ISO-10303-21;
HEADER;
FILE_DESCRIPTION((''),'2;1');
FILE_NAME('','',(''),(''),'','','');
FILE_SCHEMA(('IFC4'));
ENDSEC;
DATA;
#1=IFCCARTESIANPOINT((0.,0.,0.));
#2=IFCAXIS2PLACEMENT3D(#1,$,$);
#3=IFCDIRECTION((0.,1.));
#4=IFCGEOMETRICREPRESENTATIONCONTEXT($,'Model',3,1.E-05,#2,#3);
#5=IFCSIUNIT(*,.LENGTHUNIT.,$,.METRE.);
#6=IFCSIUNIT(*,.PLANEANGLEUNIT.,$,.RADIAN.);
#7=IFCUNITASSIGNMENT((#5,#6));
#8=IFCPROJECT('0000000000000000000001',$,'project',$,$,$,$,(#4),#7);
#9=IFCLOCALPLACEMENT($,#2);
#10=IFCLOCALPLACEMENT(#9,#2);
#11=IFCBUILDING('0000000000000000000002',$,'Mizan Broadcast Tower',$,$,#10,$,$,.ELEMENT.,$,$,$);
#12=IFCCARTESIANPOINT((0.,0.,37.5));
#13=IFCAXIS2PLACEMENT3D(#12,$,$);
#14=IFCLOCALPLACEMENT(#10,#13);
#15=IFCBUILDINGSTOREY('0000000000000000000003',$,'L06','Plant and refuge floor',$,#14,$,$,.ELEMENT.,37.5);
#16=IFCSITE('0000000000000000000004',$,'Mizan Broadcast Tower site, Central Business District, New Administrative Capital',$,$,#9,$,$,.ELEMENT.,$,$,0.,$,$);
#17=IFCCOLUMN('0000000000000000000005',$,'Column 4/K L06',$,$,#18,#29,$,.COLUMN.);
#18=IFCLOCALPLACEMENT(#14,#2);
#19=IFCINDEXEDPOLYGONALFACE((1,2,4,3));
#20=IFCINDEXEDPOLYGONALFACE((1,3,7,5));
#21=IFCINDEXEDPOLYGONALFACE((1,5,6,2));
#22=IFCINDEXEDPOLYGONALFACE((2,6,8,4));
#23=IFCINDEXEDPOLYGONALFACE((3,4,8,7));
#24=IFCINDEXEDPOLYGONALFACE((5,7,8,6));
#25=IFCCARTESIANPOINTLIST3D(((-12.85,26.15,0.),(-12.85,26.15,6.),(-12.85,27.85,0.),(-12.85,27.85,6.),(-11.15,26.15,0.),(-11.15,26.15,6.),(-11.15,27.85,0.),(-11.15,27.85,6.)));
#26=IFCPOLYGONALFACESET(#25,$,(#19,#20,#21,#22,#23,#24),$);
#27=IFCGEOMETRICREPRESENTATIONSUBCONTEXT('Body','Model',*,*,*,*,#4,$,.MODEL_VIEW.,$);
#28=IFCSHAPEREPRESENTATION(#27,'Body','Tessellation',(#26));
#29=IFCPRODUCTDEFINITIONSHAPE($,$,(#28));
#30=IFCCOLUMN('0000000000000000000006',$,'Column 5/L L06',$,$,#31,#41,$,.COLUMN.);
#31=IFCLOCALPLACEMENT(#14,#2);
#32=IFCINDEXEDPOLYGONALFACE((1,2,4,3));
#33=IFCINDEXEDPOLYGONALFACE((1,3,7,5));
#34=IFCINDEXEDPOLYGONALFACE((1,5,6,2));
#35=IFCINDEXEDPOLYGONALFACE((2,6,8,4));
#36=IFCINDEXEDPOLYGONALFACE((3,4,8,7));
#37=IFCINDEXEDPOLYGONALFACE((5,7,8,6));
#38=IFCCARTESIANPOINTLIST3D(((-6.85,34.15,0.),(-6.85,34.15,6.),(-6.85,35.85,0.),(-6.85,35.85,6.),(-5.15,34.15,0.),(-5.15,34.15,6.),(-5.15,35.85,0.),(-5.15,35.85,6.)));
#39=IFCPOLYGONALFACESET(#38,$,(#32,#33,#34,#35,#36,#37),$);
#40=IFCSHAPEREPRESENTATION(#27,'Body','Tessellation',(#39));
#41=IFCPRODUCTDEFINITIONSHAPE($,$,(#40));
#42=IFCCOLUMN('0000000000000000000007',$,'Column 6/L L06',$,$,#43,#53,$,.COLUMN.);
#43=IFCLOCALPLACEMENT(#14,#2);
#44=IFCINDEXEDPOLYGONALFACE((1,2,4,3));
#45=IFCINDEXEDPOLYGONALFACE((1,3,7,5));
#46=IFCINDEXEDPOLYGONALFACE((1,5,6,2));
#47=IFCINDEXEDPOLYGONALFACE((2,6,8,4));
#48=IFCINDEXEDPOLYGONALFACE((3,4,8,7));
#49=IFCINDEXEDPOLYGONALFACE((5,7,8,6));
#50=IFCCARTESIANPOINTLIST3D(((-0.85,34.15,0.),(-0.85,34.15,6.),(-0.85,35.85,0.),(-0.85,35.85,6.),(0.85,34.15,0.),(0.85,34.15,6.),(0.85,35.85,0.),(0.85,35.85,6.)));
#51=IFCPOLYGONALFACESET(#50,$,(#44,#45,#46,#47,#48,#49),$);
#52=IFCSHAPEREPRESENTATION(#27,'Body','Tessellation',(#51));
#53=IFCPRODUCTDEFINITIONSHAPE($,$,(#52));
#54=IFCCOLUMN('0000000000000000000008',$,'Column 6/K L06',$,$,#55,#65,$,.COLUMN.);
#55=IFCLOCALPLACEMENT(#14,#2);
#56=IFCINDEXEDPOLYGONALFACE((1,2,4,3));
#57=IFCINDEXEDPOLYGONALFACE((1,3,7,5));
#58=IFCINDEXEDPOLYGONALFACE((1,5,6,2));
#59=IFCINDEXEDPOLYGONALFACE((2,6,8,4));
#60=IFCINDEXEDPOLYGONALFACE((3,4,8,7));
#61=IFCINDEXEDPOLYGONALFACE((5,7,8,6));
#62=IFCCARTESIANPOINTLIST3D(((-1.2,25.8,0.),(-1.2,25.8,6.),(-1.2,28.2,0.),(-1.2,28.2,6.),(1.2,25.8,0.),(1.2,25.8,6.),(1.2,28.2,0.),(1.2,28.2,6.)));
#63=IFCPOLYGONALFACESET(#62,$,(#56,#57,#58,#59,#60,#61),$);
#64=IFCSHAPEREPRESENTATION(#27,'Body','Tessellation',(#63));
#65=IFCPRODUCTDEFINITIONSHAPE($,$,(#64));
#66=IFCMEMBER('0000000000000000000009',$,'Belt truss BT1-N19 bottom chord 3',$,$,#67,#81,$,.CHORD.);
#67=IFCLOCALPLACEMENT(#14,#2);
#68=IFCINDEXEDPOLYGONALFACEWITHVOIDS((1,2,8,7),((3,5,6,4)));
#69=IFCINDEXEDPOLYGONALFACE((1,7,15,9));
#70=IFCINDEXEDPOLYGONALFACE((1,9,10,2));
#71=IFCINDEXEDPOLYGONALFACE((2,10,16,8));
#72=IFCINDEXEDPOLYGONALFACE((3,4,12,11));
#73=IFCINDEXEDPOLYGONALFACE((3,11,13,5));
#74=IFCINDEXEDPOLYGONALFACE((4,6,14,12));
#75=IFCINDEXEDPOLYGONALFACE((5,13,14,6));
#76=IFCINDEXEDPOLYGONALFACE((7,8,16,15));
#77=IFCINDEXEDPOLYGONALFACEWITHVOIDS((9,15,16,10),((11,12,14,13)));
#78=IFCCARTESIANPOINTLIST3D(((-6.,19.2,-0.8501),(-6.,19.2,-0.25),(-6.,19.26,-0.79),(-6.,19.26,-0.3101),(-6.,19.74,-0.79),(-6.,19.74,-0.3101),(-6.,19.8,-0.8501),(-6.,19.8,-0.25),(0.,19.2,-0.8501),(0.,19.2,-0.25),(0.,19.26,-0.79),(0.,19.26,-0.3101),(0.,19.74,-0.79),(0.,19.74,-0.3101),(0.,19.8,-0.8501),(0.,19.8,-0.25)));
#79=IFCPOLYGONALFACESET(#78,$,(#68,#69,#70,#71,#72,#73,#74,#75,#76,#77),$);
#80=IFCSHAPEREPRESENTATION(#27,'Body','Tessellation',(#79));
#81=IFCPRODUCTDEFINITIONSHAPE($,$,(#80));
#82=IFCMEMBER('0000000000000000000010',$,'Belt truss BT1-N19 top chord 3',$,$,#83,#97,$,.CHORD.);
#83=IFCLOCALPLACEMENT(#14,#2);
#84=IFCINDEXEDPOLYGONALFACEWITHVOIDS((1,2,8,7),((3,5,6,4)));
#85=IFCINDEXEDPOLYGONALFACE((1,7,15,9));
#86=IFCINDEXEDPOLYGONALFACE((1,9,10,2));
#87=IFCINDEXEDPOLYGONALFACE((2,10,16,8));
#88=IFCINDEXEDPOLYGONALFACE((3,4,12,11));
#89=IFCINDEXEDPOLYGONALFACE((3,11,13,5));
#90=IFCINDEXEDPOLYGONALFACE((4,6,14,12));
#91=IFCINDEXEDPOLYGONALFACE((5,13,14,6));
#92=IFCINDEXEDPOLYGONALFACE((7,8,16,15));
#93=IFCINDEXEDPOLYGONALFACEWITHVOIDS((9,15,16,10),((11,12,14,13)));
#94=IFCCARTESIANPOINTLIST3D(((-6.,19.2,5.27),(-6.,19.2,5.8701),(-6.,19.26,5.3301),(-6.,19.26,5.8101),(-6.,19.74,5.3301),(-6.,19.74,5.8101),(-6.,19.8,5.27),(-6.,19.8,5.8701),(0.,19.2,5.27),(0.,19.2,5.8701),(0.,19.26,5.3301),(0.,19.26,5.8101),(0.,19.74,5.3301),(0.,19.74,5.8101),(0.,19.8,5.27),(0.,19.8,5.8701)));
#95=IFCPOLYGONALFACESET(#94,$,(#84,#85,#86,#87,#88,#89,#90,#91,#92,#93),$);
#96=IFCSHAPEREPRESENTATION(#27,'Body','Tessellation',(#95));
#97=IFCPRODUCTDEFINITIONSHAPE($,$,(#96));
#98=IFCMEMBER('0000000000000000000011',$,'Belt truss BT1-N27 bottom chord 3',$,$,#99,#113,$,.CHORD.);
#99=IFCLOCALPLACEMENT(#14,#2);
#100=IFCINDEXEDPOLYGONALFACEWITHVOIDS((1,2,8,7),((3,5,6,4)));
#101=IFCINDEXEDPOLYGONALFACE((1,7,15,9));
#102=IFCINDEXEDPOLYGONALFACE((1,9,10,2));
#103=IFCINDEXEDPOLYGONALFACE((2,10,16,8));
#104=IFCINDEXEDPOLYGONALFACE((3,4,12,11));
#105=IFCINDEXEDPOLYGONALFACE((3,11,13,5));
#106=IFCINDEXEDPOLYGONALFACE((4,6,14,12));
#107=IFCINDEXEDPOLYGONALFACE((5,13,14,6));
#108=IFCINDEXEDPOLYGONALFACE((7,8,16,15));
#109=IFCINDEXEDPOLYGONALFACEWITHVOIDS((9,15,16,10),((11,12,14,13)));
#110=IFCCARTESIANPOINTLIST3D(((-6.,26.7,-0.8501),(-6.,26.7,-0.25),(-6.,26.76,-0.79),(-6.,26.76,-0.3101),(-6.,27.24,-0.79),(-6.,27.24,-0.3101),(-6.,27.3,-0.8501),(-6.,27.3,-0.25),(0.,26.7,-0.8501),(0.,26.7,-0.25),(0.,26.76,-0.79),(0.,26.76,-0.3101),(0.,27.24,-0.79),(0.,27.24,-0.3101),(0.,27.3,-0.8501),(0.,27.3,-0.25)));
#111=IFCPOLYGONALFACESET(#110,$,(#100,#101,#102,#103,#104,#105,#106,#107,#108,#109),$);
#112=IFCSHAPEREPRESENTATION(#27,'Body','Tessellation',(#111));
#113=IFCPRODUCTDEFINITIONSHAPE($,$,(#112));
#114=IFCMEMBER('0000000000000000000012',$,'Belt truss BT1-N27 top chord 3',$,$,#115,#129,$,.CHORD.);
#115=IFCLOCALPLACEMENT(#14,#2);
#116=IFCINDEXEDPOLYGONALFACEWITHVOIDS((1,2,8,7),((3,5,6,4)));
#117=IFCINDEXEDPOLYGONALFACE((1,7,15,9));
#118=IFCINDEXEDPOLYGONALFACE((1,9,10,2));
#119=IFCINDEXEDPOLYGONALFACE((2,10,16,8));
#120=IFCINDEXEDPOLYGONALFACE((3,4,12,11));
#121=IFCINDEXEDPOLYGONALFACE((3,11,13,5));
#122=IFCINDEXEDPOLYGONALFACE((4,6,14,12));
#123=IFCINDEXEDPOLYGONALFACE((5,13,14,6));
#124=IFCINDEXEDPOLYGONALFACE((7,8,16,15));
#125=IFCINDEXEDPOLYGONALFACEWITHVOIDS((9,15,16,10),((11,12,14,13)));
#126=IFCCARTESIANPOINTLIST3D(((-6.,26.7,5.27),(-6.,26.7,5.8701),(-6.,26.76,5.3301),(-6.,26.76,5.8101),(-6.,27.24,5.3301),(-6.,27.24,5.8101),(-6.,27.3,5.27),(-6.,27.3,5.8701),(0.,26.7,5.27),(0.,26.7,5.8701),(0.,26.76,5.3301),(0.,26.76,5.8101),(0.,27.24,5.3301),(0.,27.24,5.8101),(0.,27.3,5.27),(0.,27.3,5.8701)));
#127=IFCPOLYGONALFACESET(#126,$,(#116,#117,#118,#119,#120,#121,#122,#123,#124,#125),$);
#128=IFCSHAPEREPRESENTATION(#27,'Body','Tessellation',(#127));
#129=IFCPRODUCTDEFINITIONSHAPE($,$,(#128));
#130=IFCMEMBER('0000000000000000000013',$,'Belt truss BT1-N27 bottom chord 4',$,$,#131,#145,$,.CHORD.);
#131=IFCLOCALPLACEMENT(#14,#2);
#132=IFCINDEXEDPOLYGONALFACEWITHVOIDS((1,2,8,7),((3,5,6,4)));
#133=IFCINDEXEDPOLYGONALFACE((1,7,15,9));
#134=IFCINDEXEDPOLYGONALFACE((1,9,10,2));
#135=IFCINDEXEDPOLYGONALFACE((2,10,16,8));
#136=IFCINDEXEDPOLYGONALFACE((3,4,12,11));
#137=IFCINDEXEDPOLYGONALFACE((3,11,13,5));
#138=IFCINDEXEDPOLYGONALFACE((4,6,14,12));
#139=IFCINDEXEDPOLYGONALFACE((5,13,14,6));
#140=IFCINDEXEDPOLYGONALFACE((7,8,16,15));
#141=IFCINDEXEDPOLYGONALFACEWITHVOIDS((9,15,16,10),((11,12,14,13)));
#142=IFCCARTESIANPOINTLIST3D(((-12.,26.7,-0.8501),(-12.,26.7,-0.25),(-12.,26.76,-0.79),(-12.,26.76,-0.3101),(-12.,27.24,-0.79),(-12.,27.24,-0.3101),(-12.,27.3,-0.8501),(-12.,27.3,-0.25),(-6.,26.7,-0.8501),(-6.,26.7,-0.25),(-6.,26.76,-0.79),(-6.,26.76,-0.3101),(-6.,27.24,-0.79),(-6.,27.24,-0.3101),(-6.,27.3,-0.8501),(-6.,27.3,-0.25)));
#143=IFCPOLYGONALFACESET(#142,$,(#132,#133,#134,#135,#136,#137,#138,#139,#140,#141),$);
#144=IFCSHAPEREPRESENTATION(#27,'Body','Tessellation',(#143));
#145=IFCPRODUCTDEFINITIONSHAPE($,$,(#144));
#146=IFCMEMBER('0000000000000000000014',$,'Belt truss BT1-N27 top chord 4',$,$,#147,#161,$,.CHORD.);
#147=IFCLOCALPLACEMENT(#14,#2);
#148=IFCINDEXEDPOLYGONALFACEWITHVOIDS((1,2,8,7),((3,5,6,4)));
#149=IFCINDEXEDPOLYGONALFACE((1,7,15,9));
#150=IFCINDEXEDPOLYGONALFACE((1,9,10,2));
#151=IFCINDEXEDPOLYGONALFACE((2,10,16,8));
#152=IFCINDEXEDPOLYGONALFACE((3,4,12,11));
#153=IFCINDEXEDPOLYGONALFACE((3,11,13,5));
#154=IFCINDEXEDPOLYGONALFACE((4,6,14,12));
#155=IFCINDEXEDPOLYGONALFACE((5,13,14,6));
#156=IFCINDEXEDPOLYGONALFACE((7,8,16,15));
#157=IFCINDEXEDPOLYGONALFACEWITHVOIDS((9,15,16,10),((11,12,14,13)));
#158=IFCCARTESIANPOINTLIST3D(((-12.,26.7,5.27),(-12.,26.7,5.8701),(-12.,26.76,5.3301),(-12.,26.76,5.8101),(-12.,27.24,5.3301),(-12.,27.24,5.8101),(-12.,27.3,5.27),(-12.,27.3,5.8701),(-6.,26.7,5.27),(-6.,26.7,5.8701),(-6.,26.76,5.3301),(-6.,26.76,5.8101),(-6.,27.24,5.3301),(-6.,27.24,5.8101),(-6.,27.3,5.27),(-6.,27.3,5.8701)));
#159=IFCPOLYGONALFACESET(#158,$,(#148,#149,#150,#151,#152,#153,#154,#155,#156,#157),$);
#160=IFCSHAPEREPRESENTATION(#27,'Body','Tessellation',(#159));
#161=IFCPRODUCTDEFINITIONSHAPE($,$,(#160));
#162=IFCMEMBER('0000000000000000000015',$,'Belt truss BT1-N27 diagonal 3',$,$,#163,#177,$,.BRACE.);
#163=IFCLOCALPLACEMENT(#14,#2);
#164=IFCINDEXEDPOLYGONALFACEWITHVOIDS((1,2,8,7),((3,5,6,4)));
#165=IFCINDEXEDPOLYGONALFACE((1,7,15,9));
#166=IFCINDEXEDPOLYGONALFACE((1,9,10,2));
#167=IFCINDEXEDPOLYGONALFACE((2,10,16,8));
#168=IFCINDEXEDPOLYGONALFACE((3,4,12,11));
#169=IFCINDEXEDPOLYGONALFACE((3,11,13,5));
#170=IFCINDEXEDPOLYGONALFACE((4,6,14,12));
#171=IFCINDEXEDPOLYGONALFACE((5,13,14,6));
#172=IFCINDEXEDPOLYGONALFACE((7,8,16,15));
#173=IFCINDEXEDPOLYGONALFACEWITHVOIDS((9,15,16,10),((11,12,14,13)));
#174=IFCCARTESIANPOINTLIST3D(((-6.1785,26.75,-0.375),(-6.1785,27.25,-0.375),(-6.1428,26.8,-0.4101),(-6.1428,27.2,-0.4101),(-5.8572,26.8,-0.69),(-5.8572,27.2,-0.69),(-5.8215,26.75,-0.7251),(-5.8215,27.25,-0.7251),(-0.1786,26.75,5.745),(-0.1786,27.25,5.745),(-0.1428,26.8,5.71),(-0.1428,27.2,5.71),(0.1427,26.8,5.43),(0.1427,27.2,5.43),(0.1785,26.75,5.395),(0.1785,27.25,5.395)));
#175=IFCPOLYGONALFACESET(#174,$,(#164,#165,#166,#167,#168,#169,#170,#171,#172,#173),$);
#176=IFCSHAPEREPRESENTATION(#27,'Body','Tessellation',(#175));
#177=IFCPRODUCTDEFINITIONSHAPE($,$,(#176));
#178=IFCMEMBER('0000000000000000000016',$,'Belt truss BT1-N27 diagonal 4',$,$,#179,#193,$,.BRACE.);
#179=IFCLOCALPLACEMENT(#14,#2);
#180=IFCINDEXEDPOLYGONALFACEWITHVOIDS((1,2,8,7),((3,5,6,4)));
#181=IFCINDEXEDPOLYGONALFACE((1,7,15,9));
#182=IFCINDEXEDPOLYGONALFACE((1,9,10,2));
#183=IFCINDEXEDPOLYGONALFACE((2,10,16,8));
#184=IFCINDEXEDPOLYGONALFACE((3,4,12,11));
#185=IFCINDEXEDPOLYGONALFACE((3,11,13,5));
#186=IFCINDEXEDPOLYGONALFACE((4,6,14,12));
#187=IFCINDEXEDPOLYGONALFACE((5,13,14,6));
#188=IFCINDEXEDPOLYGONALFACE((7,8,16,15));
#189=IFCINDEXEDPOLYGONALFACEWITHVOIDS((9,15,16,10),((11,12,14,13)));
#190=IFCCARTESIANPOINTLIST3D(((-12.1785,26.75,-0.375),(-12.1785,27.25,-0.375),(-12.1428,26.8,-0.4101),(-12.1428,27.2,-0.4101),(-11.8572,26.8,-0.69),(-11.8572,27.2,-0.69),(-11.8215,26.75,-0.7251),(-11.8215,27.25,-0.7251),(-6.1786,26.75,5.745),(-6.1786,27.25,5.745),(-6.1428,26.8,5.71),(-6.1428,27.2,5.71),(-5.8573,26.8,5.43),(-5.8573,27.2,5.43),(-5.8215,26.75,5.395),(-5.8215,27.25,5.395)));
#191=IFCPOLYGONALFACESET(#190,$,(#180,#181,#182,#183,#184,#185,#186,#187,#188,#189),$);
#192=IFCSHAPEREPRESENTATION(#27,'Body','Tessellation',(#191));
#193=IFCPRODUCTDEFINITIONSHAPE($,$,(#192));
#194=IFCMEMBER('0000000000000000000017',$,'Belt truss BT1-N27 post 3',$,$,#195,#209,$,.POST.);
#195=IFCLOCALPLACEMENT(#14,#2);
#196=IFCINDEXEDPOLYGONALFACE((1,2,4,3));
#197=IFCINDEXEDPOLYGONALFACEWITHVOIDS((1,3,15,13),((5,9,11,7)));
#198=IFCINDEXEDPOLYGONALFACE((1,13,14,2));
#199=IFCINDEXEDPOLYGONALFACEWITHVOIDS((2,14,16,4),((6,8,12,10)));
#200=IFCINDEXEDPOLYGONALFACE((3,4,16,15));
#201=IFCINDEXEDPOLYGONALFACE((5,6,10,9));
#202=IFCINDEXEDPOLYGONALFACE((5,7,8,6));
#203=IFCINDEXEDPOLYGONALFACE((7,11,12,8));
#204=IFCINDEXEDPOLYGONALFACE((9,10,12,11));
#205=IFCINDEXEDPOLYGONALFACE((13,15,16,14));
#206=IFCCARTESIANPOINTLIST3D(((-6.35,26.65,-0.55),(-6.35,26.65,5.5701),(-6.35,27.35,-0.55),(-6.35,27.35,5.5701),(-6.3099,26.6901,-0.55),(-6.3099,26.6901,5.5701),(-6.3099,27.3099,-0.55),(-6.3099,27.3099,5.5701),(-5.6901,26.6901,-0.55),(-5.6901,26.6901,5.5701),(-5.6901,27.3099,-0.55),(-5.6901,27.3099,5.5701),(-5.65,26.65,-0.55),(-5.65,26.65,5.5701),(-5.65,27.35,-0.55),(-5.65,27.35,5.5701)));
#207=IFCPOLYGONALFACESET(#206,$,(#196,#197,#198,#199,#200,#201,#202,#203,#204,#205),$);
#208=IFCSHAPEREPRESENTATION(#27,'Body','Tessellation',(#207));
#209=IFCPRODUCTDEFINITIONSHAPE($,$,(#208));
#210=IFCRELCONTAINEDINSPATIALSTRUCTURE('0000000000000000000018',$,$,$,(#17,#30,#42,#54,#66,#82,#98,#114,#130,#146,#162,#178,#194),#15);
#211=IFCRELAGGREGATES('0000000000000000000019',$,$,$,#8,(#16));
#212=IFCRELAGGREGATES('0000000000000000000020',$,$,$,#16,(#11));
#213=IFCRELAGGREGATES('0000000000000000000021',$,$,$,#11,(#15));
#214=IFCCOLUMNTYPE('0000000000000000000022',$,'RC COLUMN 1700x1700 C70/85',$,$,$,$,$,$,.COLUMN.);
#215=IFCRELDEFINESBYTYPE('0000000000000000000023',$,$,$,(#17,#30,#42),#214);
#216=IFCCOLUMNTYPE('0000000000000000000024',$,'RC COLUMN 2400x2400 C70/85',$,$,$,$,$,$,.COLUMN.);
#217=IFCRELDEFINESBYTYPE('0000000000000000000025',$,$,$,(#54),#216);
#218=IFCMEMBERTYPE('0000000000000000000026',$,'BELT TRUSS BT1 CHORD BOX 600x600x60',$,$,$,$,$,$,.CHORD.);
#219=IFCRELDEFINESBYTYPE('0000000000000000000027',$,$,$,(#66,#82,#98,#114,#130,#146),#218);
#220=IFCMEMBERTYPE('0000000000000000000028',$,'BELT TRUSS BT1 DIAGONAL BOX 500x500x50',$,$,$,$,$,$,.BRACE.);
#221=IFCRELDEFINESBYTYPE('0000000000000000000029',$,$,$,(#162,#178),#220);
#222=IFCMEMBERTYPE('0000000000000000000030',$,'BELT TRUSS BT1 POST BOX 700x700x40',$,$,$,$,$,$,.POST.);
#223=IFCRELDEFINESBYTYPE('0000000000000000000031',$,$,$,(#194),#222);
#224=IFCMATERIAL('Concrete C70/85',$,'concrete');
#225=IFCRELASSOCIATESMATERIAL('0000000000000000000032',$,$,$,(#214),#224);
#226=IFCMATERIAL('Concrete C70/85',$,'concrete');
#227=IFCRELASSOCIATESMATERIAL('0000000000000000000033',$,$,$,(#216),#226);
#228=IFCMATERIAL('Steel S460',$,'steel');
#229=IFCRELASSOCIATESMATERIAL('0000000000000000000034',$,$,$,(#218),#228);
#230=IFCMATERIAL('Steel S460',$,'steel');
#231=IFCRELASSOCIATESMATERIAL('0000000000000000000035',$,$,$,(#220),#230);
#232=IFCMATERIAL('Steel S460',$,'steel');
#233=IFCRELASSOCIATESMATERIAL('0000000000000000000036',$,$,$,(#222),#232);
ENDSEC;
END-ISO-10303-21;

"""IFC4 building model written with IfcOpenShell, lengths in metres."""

from ifc_helpers import new_model, si_unit, direction, frame, origin, origin_2d, place, context, subcontext, project, spatial, rectangle, hollow_rectangle, extrude, material, material_profile, profile_set, type_object, element, save


model = new_model("IFC4")

# Units and contexts
model_context = context("Model", 3, precision=1e-05, world=origin(), true_north=direction((0.0, 1.0)))
body_context = subcontext(model_context, "Body", "Model", "MODEL_VIEW")
ifc_project = project(units=[si_unit("LENGTHUNIT", "METRE"), si_unit("PLANEANGLEUNIT", "RADIAN")], contexts=[model_context])

# Site, building, storey
site_placement = place(None, origin())
site = spatial("IfcSite", under=ifc_project, at=site_placement, Name="Mizan Broadcast Tower site, Central Business District, New Administrative Capital", CompositionType="ELEMENT", RefElevation=0.0)
building_placement = place(site_placement, origin())
building = spatial("IfcBuilding", under=site, at=building_placement, Name="Mizan Broadcast Tower", CompositionType="ELEMENT")
storey_placement = place(building_placement, frame((0.0, 0.0, 37.5)))
storey = spatial("IfcBuildingStorey", under=building, at=storey_placement, Name="L06", Description="Plant and refuge floor", CompositionType="ELEMENT", Elevation=37.5)

# Columns
ifc_material_1 = material(Name="Concrete C70/85", Category="concrete")
ifc_material_profile_1 = material_profile(ifc_material_1, rectangle(XDim=1.7, YDim=1.7, at=origin_2d()), Name="RC 1700x1700")
ifc_profile_set_1 = profile_set([ifc_material_profile_1], Name="Concrete C70/85")
column_type_1 = type_object("IfcColumnType", Name="RC COLUMN 1700x1700 C70/85", PredefinedType="COLUMN", material=ifc_profile_set_1)
for number, where, z_axis, x_axis, name in (
    (1, (-12.0, 27.0, 0.0), (0.0, 0.0, 1.0), (1.0, 0.0, 0.0), "Column 4/K L06"),
    (2, (-6.0, 35.0, 0.0), (0.0, 0.0, 1.0), (1.0, 0.0, 0.0), "Column 5/L L06"),
    (3, (0.0, 35.0, 0.0), (0.0, 0.0, 1.0), (1.0, 0.0, 0.0), "Column 6/L L06"),
):
    element("IfcColumn", number, at=place(storey_placement, frame(where, z_axis=z_axis, x_axis=x_axis)), inside=storey, type_object=column_type_1, Name=name, PredefinedType="COLUMN", context=body_context, shape_type="SweptSolid", body=[
        extrude(rectangle(XDim=1.7, YDim=1.7, at=origin_2d()), origin(), (0.0, 0.0, 1.0), 6.0),
    ])
ifc_material_2 = material(Name="Concrete C70/85", Category="concrete")
ifc_material_profile_2 = material_profile(ifc_material_2, rectangle(XDim=2.3999, YDim=2.3999, at=origin_2d()), Name="RC 2400x2400")
ifc_profile_set_2 = profile_set([ifc_material_profile_2], Name="Concrete C70/85")
column_type_2 = type_object("IfcColumnType", Name="RC COLUMN 2400x2400 C70/85", PredefinedType="COLUMN", material=ifc_profile_set_2)
column_placement = place(storey_placement, frame((0.0, 27.0, 0.0), z_axis=(0.0, 0.0, 1.0), x_axis=(1.0, 0.0, 0.0)))
element("IfcColumn", 4, at=column_placement, inside=storey, type_object=column_type_2, Name="Column 6/K L06", PredefinedType="COLUMN", context=body_context, shape_type="SweptSolid", body=[
    extrude(rectangle(XDim=2.3999, YDim=2.3999, at=origin_2d()), origin(), (0.0, 0.0, 1.0), 6.0),
])

# Members
ifc_material_3 = material(Name="Steel S460", Category="steel")
ifc_material_profile_3 = material_profile(ifc_material_3, hollow_rectangle(XDim=0.6001, YDim=0.6001, WallThickness=0.0601, at=origin_2d()), Name="BOX 600x600x60")
ifc_profile_set_3 = profile_set([ifc_material_profile_3], Name="Steel S460")
member_type_1 = type_object("IfcMemberType", Name="BELT TRUSS BT1 CHORD BOX 600x600x60", PredefinedType="CHORD", material=ifc_profile_set_3)
for number, where, z_axis, x_axis, name in (
    (5, (0.0, 19.5, -0.55), (-1.0, 0.0, 0.0), (0.0, -1.0, 0.0), "Belt truss BT1-N19 bottom chord 3"),
    (6, (0.0, 19.5, 5.5701), (-1.0, 0.0, 0.0), (0.0, -1.0, 0.0), "Belt truss BT1-N19 top chord 3"),
    (7, (0.0, 27.0, -0.55), (-1.0, 0.0, 0.0), (0.0, -1.0, 0.0), "Belt truss BT1-N27 bottom chord 3"),
    (8, (0.0, 27.0, 5.5701), (-1.0, 0.0, 0.0), (0.0, -1.0, 0.0), "Belt truss BT1-N27 top chord 3"),
    (9, (-6.0, 27.0, -0.55), (-1.0, 0.0, 0.0), (0.0, -1.0, 0.0), "Belt truss BT1-N27 bottom chord 4"),
    (10, (-6.0, 27.0, 5.5701), (-1.0, 0.0, 0.0), (0.0, -1.0, 0.0), "Belt truss BT1-N27 top chord 4"),
):
    element("IfcMember", number, at=place(storey_placement, frame(where, z_axis=z_axis, x_axis=x_axis)), inside=storey, type_object=member_type_1, Name=name, PredefinedType="CHORD", context=body_context, shape_type="SweptSolid", body=[
        extrude(hollow_rectangle(XDim=0.6001, YDim=0.6001, WallThickness=0.0601, at=origin_2d()), origin(), (0.0, 0.0, 1.0), 6.0),
    ])
ifc_material_4 = material(Name="Steel S460", Category="steel")
ifc_material_profile_4 = material_profile(ifc_material_4, hollow_rectangle(XDim=0.5, YDim=0.5, WallThickness=0.05, at=origin_2d()), Name="BOX 500x500x50")
ifc_profile_set_4 = profile_set([ifc_material_profile_4], Name="Steel S460")
member_type_2 = type_object("IfcMemberType", Name="BELT TRUSS BT1 DIAGONAL BOX 500x500x50", PredefinedType="BRACE", material=ifc_profile_set_4)
for number, where, z_axis, x_axis, name in (
    (11, (-6.0, 27.0, -0.55), (0.700065, 0.0, 0.71408), (0.0, 1.0, 0.0), "Belt truss BT1-N27 diagonal 3"),
    (12, (-12.0, 27.0, -0.55), (0.700065, 0.0, 0.71408), (0.0, 1.0, 0.0), "Belt truss BT1-N27 diagonal 4"),
):
    element("IfcMember", number, at=place(storey_placement, frame(where, z_axis=z_axis, x_axis=x_axis)), inside=storey, type_object=member_type_2, Name=name, PredefinedType="BRACE", context=body_context, shape_type="SweptSolid", body=[
        extrude(hollow_rectangle(XDim=0.5, YDim=0.5, WallThickness=0.05, at=origin_2d()), origin(), (0.0, 0.0, 1.0), 8.5706),
    ])
ifc_material_5 = material(Name="Steel S460", Category="steel")
ifc_material_profile_5 = material_profile(ifc_material_5, hollow_rectangle(XDim=0.7, YDim=0.7, WallThickness=0.04, at=origin_2d()), Name="BOX 700x700x40")
ifc_profile_set_5 = profile_set([ifc_material_profile_5], Name="Steel S460")
member_type_3 = type_object("IfcMemberType", Name="BELT TRUSS BT1 POST BOX 700x700x40", PredefinedType="POST", material=ifc_profile_set_5)
member_1_placement = place(storey_placement, frame((-6.0, 27.0, -0.55), z_axis=(0.0, 0.0, 1.0), x_axis=(1.0, 0.0, 0.0)))
element("IfcMember", 13, at=member_1_placement, inside=storey, type_object=member_type_3, Name="Belt truss BT1-N27 post 3", PredefinedType="POST", context=body_context, shape_type="SweptSolid", body=[
    extrude(hollow_rectangle(XDim=0.7, YDim=0.7, WallThickness=0.04, at=origin_2d()), origin(), (0.0, 0.0, 1.0), 6.1201),
])

save(model, "model.ifc")
